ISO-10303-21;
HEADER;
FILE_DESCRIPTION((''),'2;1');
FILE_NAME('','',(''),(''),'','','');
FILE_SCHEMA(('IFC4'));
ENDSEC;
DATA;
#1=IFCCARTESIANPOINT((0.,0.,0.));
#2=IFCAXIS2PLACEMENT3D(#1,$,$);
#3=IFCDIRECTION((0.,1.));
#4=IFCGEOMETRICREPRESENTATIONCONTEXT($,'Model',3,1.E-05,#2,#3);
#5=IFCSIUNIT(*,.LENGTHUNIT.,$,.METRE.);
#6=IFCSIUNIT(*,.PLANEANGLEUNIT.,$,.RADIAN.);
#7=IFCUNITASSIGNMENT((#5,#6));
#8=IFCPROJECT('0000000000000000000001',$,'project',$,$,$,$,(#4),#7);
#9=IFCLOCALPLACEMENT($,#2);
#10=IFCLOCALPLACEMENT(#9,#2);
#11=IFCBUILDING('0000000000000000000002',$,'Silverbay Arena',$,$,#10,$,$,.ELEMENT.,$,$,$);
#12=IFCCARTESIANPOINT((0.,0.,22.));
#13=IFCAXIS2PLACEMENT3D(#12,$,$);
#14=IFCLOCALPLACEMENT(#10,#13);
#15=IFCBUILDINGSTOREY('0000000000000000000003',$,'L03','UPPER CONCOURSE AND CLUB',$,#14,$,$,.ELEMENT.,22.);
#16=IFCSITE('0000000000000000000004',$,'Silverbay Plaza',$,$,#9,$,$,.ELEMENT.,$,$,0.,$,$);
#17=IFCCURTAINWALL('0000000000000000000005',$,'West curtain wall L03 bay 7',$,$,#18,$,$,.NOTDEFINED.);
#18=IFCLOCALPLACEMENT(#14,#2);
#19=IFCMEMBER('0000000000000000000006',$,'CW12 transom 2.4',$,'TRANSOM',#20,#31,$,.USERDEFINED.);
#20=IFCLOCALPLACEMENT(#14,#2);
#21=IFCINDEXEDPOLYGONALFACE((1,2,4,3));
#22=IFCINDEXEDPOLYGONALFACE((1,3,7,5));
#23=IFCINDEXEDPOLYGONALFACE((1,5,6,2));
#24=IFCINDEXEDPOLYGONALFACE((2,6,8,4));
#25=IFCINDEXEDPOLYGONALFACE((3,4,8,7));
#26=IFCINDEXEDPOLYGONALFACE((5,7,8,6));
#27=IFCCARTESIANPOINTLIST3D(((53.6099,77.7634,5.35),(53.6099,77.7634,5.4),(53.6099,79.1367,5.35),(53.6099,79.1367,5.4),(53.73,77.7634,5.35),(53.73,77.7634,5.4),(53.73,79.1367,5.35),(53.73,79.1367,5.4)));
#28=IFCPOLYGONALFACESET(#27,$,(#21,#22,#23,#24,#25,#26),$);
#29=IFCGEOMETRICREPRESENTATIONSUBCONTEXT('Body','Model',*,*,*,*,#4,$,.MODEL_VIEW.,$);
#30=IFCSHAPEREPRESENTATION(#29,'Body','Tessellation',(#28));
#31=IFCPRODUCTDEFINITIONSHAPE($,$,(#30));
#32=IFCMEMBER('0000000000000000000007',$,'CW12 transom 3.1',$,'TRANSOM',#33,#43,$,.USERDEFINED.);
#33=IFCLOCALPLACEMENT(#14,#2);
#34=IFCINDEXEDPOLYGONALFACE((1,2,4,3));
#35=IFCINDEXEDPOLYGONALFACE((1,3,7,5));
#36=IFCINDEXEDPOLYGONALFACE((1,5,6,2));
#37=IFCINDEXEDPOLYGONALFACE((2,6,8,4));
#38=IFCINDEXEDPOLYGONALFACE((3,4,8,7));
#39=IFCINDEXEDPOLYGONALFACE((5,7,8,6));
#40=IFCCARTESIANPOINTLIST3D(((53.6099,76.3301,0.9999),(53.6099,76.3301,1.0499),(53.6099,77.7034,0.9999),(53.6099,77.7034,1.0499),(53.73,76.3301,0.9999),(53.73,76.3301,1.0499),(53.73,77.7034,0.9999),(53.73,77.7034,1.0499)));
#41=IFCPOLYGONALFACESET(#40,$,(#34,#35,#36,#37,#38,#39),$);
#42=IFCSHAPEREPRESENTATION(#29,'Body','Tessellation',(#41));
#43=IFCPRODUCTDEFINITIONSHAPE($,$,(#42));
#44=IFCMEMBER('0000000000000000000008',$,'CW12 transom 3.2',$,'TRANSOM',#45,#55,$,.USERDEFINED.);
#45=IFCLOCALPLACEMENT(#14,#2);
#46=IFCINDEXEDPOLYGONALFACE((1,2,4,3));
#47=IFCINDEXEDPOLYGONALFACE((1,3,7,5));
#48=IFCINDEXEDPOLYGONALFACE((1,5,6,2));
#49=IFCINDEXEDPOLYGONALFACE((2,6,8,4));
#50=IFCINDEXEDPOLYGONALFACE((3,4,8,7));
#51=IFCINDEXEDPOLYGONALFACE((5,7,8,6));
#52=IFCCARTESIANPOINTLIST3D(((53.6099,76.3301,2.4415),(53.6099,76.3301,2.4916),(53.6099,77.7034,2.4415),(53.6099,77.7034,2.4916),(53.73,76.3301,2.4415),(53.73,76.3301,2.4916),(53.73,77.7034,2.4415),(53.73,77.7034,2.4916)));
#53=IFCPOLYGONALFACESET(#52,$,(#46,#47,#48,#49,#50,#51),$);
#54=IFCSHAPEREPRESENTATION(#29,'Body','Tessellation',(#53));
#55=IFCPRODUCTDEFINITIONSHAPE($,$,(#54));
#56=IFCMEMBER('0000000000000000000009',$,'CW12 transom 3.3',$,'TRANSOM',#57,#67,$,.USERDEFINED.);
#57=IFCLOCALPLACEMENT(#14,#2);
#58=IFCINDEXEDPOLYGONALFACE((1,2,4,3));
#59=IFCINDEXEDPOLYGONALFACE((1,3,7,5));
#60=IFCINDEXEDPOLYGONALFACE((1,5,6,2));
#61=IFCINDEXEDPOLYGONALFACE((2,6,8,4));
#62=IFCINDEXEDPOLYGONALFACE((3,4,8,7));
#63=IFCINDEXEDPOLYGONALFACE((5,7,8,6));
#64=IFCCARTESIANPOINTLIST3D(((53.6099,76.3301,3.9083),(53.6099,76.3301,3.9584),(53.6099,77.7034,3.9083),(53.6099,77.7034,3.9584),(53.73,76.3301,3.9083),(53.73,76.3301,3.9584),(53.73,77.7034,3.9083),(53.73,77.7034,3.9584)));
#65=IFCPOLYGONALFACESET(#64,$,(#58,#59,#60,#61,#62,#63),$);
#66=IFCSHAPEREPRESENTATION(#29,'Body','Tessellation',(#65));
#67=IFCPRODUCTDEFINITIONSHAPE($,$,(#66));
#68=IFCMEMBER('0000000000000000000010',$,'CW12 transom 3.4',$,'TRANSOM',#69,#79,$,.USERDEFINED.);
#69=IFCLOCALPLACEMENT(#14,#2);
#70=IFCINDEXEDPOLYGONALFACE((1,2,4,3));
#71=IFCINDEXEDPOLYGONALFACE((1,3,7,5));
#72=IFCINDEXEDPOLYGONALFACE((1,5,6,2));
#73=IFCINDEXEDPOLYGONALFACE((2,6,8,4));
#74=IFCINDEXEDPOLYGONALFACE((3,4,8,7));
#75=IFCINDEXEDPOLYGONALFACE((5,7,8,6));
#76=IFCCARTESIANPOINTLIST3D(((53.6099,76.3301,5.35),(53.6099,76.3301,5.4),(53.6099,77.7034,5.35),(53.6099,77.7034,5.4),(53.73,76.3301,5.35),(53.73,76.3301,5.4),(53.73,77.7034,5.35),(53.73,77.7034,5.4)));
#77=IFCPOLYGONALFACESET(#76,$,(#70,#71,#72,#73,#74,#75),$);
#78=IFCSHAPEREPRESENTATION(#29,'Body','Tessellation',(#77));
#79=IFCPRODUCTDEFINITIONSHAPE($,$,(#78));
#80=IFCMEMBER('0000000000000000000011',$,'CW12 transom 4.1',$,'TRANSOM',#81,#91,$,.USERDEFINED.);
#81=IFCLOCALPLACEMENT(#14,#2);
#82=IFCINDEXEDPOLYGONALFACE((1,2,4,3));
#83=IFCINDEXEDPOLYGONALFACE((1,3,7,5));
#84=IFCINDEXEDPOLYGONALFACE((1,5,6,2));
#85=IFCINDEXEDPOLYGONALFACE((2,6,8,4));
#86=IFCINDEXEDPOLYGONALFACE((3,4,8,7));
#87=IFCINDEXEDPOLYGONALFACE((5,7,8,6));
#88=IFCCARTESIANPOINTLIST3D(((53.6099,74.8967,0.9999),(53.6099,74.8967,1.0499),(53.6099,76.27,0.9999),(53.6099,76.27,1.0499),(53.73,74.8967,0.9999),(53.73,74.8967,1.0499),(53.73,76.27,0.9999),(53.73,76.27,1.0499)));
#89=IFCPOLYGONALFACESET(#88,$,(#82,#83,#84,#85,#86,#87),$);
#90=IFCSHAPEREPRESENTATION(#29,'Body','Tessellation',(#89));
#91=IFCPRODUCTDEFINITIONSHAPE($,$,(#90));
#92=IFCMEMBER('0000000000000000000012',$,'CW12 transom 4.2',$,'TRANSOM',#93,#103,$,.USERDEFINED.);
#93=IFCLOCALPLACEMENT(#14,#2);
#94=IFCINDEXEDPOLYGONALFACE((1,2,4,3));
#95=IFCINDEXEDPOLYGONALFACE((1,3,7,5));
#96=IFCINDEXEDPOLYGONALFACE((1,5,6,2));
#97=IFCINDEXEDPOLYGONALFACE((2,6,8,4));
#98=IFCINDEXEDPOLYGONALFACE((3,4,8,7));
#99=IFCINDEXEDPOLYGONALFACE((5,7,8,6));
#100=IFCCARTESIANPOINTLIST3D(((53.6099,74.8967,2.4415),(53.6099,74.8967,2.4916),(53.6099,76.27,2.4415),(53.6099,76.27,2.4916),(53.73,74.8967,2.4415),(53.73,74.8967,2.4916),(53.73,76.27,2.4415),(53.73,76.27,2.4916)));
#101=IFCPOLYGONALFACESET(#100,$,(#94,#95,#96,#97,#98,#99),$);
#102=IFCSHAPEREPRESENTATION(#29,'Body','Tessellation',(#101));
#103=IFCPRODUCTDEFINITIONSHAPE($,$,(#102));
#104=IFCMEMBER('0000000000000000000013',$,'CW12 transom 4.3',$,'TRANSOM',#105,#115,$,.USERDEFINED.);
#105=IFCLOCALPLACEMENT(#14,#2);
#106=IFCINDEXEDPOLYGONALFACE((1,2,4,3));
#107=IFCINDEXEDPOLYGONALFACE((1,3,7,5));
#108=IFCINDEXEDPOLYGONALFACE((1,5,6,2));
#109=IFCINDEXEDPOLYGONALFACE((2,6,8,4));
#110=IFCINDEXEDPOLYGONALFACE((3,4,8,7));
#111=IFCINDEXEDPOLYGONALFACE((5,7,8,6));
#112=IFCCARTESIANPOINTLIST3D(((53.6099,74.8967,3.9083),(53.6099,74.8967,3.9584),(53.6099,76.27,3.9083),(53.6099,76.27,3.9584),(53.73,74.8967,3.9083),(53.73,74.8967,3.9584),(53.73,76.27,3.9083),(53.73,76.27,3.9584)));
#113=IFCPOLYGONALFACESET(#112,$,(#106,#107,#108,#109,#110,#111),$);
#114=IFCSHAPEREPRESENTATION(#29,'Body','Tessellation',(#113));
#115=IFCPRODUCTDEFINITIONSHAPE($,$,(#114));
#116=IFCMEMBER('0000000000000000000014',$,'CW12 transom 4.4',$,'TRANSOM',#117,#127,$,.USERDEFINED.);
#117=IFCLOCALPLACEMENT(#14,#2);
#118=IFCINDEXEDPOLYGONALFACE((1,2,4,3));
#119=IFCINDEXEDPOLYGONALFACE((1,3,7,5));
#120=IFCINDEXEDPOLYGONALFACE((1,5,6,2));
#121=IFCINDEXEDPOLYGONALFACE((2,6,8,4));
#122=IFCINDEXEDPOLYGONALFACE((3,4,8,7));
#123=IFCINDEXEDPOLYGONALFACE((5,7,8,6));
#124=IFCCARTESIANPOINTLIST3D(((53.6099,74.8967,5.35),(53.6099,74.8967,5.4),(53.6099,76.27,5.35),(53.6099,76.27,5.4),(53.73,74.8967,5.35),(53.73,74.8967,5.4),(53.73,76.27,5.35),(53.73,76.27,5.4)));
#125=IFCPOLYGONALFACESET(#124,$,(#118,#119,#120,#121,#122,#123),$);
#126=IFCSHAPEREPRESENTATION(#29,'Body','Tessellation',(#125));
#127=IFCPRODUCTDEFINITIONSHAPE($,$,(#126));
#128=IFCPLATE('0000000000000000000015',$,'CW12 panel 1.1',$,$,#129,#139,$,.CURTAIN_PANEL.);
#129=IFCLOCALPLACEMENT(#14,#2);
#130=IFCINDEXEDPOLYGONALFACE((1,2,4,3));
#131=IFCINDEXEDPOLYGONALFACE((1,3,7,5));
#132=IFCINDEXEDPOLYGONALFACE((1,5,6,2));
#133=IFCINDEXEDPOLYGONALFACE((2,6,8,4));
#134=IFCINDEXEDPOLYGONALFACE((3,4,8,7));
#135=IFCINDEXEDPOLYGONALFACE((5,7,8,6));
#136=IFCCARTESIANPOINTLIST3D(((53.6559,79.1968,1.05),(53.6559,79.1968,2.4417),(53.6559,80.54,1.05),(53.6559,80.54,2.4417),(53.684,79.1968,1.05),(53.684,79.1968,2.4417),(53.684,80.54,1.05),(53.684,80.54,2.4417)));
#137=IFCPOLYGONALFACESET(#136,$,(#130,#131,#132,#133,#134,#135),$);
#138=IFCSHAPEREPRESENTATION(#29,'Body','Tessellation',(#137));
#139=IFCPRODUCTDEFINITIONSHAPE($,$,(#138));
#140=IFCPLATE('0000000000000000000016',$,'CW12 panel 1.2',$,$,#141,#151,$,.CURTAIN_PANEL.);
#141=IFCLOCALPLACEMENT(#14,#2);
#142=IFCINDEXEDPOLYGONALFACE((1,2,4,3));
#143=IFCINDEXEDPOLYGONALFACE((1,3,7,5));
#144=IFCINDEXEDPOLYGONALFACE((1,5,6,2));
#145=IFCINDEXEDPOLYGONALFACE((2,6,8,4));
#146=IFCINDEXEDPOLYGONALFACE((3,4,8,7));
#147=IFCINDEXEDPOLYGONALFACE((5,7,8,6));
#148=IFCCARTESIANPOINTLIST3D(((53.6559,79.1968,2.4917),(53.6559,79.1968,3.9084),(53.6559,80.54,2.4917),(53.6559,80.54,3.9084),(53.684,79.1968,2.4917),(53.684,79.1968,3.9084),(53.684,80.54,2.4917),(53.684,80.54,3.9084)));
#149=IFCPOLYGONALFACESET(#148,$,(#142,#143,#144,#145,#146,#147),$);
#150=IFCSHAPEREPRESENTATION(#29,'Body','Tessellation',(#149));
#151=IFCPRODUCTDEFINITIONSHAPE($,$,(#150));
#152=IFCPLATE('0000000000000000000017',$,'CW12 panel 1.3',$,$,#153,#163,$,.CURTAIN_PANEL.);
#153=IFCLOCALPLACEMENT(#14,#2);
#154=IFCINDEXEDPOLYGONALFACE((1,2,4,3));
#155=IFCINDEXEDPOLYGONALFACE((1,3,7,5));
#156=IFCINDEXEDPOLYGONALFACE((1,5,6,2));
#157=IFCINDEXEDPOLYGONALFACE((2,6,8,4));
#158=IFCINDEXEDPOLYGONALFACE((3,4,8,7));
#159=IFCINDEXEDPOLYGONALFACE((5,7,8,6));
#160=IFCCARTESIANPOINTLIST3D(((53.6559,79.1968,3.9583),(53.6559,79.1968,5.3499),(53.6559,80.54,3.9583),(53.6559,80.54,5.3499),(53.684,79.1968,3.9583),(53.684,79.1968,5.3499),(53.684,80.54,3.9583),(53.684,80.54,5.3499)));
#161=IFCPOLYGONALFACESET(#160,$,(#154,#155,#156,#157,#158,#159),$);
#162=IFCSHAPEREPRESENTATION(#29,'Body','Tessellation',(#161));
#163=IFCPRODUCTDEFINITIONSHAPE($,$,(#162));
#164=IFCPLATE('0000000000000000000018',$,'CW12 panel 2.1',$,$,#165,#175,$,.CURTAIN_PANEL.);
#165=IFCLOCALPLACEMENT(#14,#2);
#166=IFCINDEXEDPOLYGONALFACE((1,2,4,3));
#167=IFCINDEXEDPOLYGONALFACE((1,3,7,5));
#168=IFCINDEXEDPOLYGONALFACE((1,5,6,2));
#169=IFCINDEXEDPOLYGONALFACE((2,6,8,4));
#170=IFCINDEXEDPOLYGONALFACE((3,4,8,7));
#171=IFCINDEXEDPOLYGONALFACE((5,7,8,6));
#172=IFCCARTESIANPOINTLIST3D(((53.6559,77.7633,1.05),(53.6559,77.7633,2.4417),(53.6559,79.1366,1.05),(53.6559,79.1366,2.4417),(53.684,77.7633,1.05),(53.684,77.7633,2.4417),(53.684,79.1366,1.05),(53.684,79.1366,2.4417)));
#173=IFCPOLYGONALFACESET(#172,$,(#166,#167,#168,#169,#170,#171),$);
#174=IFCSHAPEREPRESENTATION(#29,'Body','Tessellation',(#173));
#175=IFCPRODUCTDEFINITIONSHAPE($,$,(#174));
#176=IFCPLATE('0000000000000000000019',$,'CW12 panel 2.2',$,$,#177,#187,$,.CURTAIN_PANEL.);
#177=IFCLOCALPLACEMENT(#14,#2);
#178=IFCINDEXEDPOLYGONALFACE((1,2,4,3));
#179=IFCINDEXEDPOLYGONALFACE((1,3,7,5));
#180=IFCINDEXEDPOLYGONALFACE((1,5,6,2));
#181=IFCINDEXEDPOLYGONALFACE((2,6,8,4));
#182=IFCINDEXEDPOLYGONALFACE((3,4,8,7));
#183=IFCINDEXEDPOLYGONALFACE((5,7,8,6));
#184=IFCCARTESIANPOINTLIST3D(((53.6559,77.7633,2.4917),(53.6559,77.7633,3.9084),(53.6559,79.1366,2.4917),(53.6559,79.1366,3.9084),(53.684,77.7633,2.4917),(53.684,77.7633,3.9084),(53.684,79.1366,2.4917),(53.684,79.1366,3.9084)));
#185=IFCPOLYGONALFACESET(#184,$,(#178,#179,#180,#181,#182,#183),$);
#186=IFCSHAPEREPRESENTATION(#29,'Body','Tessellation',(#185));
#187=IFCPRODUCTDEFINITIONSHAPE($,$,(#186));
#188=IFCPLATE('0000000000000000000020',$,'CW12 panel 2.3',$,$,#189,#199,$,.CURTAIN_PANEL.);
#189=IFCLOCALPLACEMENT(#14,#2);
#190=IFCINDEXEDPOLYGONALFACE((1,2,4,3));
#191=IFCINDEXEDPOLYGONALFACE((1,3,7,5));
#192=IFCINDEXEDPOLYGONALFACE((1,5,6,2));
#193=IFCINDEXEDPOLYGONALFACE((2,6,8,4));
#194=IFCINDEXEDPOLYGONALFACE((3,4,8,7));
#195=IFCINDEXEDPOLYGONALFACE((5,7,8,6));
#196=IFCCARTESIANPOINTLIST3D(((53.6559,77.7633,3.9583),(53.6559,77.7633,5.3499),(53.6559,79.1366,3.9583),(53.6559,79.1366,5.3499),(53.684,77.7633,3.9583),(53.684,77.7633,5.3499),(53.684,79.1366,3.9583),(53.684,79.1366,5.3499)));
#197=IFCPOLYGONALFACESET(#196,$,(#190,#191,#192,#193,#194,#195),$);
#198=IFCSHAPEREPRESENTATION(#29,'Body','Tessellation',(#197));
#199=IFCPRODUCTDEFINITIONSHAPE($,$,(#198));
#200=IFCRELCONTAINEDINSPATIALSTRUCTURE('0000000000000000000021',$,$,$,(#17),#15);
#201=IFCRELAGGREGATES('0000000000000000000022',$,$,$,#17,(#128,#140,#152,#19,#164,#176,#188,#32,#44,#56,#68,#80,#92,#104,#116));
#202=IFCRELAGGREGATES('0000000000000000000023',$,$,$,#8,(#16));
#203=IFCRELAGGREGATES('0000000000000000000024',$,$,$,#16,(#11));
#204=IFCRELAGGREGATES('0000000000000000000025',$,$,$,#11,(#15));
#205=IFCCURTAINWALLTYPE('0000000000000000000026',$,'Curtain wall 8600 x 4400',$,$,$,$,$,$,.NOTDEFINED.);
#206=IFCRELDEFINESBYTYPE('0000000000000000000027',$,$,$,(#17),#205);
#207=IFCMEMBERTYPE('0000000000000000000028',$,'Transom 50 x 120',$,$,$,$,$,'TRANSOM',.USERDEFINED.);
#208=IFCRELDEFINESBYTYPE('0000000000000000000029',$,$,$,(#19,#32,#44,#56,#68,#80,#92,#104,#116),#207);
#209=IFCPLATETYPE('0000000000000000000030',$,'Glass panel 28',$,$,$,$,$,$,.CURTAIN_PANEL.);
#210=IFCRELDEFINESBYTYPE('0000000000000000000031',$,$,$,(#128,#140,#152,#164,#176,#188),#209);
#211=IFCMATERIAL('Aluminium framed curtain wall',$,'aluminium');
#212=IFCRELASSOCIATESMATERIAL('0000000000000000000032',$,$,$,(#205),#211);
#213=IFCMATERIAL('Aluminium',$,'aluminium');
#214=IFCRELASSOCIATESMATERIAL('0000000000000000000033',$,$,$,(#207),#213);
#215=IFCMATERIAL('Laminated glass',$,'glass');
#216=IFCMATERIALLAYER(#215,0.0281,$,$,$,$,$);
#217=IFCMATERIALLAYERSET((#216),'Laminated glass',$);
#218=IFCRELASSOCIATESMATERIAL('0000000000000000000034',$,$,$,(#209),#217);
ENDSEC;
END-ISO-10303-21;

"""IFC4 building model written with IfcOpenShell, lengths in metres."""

from ifc_helpers import new_model, si_unit, direction, frame, origin, origin_2d, place, context, subcontext, project, spatial, rectangle, extrude, material, layer, layer_set, material_profile, profile_set, type_object, element, aggregate, save


model = new_model("IFC4")

# Units and contexts
model_context = context("Model", 3, precision=1e-05, world=origin(), true_north=direction((0.0, 1.0)))
body_context = subcontext(model_context, "Body", "Model", "MODEL_VIEW")
ifc_project = project(units=[si_unit("LENGTHUNIT", "METRE"), si_unit("PLANEANGLEUNIT", "RADIAN")], contexts=[model_context])

# Site, building, storey
site_placement = place(None, origin())
site = spatial("IfcSite", under=ifc_project, at=site_placement, Name="Silverbay Plaza", CompositionType="ELEMENT", RefElevation=0.0)
building_placement = place(site_placement, origin())
building = spatial("IfcBuilding", under=site, at=building_placement, Name="Silverbay Arena", CompositionType="ELEMENT")
storey_placement = place(building_placement, frame((0.0, 0.0, 22.0)))
storey = spatial("IfcBuildingStorey", under=building, at=storey_placement, Name="L03", Description="UPPER CONCOURSE AND CLUB", CompositionType="ELEMENT", Elevation=22.0)

# Curtain wall
ifc_material_1 = material(Name="Aluminium framed curtain wall", Category="aluminium")
curtain_wall_type = type_object("IfcCurtainWallType", Name="Curtain wall 8600 x 4400", PredefinedType="NOTDEFINED", material=ifc_material_1)
curtain_wall_placement = place(storey_placement, origin())
curtain_wall = element("IfcCurtainWall", 1, at=curtain_wall_placement, inside=storey, type_object=curtain_wall_type, Name="West curtain wall L03 bay 7", PredefinedType="NOTDEFINED")

# Members
ifc_material_2 = material(Name="Aluminium", Category="aluminium")
ifc_material_profile_1 = material_profile(ifc_material_2, rectangle(XDim=0.1201, YDim=0.05, at=origin_2d()), Name="Transom 50 x 120")
ifc_profile_set_1 = profile_set([ifc_material_profile_1], Name="Aluminium")
member_type_1 = type_object("IfcMemberType", Name="Transom 50 x 120", ElementType="TRANSOM", PredefinedType="USERDEFINED", material=ifc_profile_set_1)
member_1_placement = place(storey_placement, frame((53.6699, 79.1367, 5.375), z_axis=(0.0, -1.0, 0.0), x_axis=(1.0, 0.0, 0.0)))
member_1 = element("IfcMember", 2, at=member_1_placement, type_object=member_type_1, Name="CW12 transom 2.4", ObjectType="TRANSOM", PredefinedType="USERDEFINED", context=body_context, shape_type="SweptSolid", body=[
    extrude(rectangle(XDim=0.1201, YDim=0.05, at=origin_2d()), origin(), (0.0, 0.0, 1.0), 1.3733),
])
member_2_placement = place(storey_placement, frame((53.6699, 77.7034, 1.0249), z_axis=(0.0, -1.0, 0.0), x_axis=(1.0, 0.0, 0.0)))
member_2 = element("IfcMember", 3, at=member_2_placement, type_object=member_type_1, Name="CW12 transom 3.1", ObjectType="TRANSOM", PredefinedType="USERDEFINED", context=body_context, shape_type="SweptSolid", body=[
    extrude(rectangle(XDim=0.1201, YDim=0.05, at=origin_2d()), origin(), (0.0, 0.0, 1.0), 1.3733),
])
member_3_placement = place(storey_placement, frame((53.6699, 77.7034, 2.4666), z_axis=(0.0, -1.0, 0.0), x_axis=(1.0, 0.0, 0.0)))
member_3 = element("IfcMember", 4, at=member_3_placement, type_object=member_type_1, Name="CW12 transom 3.2", ObjectType="TRANSOM", PredefinedType="USERDEFINED", context=body_context, shape_type="SweptSolid", body=[
    extrude(rectangle(XDim=0.1201, YDim=0.05, at=origin_2d()), origin(), (0.0, 0.0, 1.0), 1.3733),
])
member_4_placement = place(storey_placement, frame((53.6699, 77.7034, 3.9333), z_axis=(0.0, -1.0, 0.0), x_axis=(1.0, 0.0, 0.0)))
member_4 = element("IfcMember", 5, at=member_4_placement, type_object=member_type_1, Name="CW12 transom 3.3", ObjectType="TRANSOM", PredefinedType="USERDEFINED", context=body_context, shape_type="SweptSolid", body=[
    extrude(rectangle(XDim=0.1201, YDim=0.05, at=origin_2d()), origin(), (0.0, 0.0, 1.0), 1.3733),
])
member_5_placement = place(storey_placement, frame((53.6699, 77.7034, 5.375), z_axis=(0.0, -1.0, 0.0), x_axis=(1.0, 0.0, 0.0)))
member_5 = element("IfcMember", 6, at=member_5_placement, type_object=member_type_1, Name="CW12 transom 3.4", ObjectType="TRANSOM", PredefinedType="USERDEFINED", context=body_context, shape_type="SweptSolid", body=[
    extrude(rectangle(XDim=0.1201, YDim=0.05, at=origin_2d()), origin(), (0.0, 0.0, 1.0), 1.3733),
])
member_6_placement = place(storey_placement, frame((53.6699, 76.27, 1.0249), z_axis=(0.0, -1.0, 0.0), x_axis=(1.0, 0.0, 0.0)))
member_6 = element("IfcMember", 7, at=member_6_placement, type_object=member_type_1, Name="CW12 transom 4.1", ObjectType="TRANSOM", PredefinedType="USERDEFINED", context=body_context, shape_type="SweptSolid", body=[
    extrude(rectangle(XDim=0.1201, YDim=0.05, at=origin_2d()), origin(), (0.0, 0.0, 1.0), 1.3733),
])
member_7_placement = place(storey_placement, frame((53.6699, 76.27, 2.4666), z_axis=(0.0, -1.0, 0.0), x_axis=(1.0, 0.0, 0.0)))
member_7 = element("IfcMember", 8, at=member_7_placement, type_object=member_type_1, Name="CW12 transom 4.2", ObjectType="TRANSOM", PredefinedType="USERDEFINED", context=body_context, shape_type="SweptSolid", body=[
    extrude(rectangle(XDim=0.1201, YDim=0.05, at=origin_2d()), origin(), (0.0, 0.0, 1.0), 1.3733),
])
member_8_placement = place(storey_placement, frame((53.6699, 76.27, 3.9333), z_axis=(0.0, -1.0, 0.0), x_axis=(1.0, 0.0, 0.0)))
member_8 = element("IfcMember", 9, at=member_8_placement, type_object=member_type_1, Name="CW12 transom 4.3", ObjectType="TRANSOM", PredefinedType="USERDEFINED", context=body_context, shape_type="SweptSolid", body=[
    extrude(rectangle(XDim=0.1201, YDim=0.05, at=origin_2d()), origin(), (0.0, 0.0, 1.0), 1.3733),
])
member_9_placement = place(storey_placement, frame((53.6699, 76.27, 5.375), z_axis=(0.0, -1.0, 0.0), x_axis=(1.0, 0.0, 0.0)))
member_9 = element("IfcMember", 10, at=member_9_placement, type_object=member_type_1, Name="CW12 transom 4.4", ObjectType="TRANSOM", PredefinedType="USERDEFINED", context=body_context, shape_type="SweptSolid", body=[
    extrude(rectangle(XDim=0.1201, YDim=0.05, at=origin_2d()), origin(), (0.0, 0.0, 1.0), 1.3733),
])

# Plates
ifc_material_3 = material(Name="Laminated glass", Category="glass")
ifc_layer_1 = layer(ifc_material_3, 0.0281)
ifc_layer_set_1 = layer_set([ifc_layer_1], Name="Laminated glass")
plate_type = type_object("IfcPlateType", Name="Glass panel 28", PredefinedType="CURTAIN_PANEL", material=ifc_layer_set_1)
plate_1_placement = place(storey_placement, frame((53.6699, 79.8684, 1.05), z_axis=(0.0, 0.0, 1.0), x_axis=(0.0, -1.0, 0.0)))
plate_1 = element("IfcPlate", 11, at=plate_1_placement, type_object=plate_type, Name="CW12 panel 1.1", PredefinedType="CURTAIN_PANEL", context=body_context, shape_type="SweptSolid", body=[
    extrude(rectangle(XDim=1.3433, YDim=0.0281, at=origin_2d()), origin(), (0.0, 0.0, 1.0), 1.3916),
])
plate_2_placement = place(storey_placement, frame((53.6699, 79.8684, 2.4917), z_axis=(0.0, 0.0, 1.0), x_axis=(0.0, -1.0, 0.0)))
plate_2 = element("IfcPlate", 12, at=plate_2_placement, type_object=plate_type, Name="CW12 panel 1.2", PredefinedType="CURTAIN_PANEL", context=body_context, shape_type="SweptSolid", body=[
    extrude(rectangle(XDim=1.3433, YDim=0.0281, at=origin_2d()), origin(), (0.0, 0.0, 1.0), 1.4167),
])
plate_3_placement = place(storey_placement, frame((53.6699, 79.8684, 3.9583), z_axis=(0.0, 0.0, 1.0), x_axis=(0.0, -1.0, 0.0)))
plate_3 = element("IfcPlate", 13, at=plate_3_placement, type_object=plate_type, Name="CW12 panel 1.3", PredefinedType="CURTAIN_PANEL", context=body_context, shape_type="SweptSolid", body=[
    extrude(rectangle(XDim=1.3433, YDim=0.0281, at=origin_2d()), origin(), (0.0, 0.0, 1.0), 1.3916),
])
plate_4_placement = place(storey_placement, frame((53.6699, 78.45, 1.05), z_axis=(0.0, 0.0, 1.0), x_axis=(0.0, -1.0, 0.0)))
plate_4 = element("IfcPlate", 14, at=plate_4_placement, type_object=plate_type, Name="CW12 panel 2.1", PredefinedType="CURTAIN_PANEL", context=body_context, shape_type="SweptSolid", body=[
    extrude(rectangle(XDim=1.3733, YDim=0.0281, at=origin_2d()), origin(), (0.0, 0.0, 1.0), 1.3916),
])
plate_5_placement = place(storey_placement, frame((53.6699, 78.45, 2.4917), z_axis=(0.0, 0.0, 1.0), x_axis=(0.0, -1.0, 0.0)))
plate_5 = element("IfcPlate", 15, at=plate_5_placement, type_object=plate_type, Name="CW12 panel 2.2", PredefinedType="CURTAIN_PANEL", context=body_context, shape_type="SweptSolid", body=[
    extrude(rectangle(XDim=1.3733, YDim=0.0281, at=origin_2d()), origin(), (0.0, 0.0, 1.0), 1.4167),
])
plate_6_placement = place(storey_placement, frame((53.6699, 78.45, 3.9583), z_axis=(0.0, 0.0, 1.0), x_axis=(0.0, -1.0, 0.0)))
plate_6 = element("IfcPlate", 16, at=plate_6_placement, type_object=plate_type, Name="CW12 panel 2.3", PredefinedType="CURTAIN_PANEL", context=body_context, shape_type="SweptSolid", body=[
    extrude(rectangle(XDim=1.3733, YDim=0.0281, at=origin_2d()), origin(), (0.0, 0.0, 1.0), 1.3916),
])
aggregate(curtain_wall, [plate_1, plate_2, plate_3, member_1, plate_4, plate_5, plate_6, member_2, member_3, member_4, member_5, member_6, member_7, member_8, member_9])

save(model, "model.ifc")
